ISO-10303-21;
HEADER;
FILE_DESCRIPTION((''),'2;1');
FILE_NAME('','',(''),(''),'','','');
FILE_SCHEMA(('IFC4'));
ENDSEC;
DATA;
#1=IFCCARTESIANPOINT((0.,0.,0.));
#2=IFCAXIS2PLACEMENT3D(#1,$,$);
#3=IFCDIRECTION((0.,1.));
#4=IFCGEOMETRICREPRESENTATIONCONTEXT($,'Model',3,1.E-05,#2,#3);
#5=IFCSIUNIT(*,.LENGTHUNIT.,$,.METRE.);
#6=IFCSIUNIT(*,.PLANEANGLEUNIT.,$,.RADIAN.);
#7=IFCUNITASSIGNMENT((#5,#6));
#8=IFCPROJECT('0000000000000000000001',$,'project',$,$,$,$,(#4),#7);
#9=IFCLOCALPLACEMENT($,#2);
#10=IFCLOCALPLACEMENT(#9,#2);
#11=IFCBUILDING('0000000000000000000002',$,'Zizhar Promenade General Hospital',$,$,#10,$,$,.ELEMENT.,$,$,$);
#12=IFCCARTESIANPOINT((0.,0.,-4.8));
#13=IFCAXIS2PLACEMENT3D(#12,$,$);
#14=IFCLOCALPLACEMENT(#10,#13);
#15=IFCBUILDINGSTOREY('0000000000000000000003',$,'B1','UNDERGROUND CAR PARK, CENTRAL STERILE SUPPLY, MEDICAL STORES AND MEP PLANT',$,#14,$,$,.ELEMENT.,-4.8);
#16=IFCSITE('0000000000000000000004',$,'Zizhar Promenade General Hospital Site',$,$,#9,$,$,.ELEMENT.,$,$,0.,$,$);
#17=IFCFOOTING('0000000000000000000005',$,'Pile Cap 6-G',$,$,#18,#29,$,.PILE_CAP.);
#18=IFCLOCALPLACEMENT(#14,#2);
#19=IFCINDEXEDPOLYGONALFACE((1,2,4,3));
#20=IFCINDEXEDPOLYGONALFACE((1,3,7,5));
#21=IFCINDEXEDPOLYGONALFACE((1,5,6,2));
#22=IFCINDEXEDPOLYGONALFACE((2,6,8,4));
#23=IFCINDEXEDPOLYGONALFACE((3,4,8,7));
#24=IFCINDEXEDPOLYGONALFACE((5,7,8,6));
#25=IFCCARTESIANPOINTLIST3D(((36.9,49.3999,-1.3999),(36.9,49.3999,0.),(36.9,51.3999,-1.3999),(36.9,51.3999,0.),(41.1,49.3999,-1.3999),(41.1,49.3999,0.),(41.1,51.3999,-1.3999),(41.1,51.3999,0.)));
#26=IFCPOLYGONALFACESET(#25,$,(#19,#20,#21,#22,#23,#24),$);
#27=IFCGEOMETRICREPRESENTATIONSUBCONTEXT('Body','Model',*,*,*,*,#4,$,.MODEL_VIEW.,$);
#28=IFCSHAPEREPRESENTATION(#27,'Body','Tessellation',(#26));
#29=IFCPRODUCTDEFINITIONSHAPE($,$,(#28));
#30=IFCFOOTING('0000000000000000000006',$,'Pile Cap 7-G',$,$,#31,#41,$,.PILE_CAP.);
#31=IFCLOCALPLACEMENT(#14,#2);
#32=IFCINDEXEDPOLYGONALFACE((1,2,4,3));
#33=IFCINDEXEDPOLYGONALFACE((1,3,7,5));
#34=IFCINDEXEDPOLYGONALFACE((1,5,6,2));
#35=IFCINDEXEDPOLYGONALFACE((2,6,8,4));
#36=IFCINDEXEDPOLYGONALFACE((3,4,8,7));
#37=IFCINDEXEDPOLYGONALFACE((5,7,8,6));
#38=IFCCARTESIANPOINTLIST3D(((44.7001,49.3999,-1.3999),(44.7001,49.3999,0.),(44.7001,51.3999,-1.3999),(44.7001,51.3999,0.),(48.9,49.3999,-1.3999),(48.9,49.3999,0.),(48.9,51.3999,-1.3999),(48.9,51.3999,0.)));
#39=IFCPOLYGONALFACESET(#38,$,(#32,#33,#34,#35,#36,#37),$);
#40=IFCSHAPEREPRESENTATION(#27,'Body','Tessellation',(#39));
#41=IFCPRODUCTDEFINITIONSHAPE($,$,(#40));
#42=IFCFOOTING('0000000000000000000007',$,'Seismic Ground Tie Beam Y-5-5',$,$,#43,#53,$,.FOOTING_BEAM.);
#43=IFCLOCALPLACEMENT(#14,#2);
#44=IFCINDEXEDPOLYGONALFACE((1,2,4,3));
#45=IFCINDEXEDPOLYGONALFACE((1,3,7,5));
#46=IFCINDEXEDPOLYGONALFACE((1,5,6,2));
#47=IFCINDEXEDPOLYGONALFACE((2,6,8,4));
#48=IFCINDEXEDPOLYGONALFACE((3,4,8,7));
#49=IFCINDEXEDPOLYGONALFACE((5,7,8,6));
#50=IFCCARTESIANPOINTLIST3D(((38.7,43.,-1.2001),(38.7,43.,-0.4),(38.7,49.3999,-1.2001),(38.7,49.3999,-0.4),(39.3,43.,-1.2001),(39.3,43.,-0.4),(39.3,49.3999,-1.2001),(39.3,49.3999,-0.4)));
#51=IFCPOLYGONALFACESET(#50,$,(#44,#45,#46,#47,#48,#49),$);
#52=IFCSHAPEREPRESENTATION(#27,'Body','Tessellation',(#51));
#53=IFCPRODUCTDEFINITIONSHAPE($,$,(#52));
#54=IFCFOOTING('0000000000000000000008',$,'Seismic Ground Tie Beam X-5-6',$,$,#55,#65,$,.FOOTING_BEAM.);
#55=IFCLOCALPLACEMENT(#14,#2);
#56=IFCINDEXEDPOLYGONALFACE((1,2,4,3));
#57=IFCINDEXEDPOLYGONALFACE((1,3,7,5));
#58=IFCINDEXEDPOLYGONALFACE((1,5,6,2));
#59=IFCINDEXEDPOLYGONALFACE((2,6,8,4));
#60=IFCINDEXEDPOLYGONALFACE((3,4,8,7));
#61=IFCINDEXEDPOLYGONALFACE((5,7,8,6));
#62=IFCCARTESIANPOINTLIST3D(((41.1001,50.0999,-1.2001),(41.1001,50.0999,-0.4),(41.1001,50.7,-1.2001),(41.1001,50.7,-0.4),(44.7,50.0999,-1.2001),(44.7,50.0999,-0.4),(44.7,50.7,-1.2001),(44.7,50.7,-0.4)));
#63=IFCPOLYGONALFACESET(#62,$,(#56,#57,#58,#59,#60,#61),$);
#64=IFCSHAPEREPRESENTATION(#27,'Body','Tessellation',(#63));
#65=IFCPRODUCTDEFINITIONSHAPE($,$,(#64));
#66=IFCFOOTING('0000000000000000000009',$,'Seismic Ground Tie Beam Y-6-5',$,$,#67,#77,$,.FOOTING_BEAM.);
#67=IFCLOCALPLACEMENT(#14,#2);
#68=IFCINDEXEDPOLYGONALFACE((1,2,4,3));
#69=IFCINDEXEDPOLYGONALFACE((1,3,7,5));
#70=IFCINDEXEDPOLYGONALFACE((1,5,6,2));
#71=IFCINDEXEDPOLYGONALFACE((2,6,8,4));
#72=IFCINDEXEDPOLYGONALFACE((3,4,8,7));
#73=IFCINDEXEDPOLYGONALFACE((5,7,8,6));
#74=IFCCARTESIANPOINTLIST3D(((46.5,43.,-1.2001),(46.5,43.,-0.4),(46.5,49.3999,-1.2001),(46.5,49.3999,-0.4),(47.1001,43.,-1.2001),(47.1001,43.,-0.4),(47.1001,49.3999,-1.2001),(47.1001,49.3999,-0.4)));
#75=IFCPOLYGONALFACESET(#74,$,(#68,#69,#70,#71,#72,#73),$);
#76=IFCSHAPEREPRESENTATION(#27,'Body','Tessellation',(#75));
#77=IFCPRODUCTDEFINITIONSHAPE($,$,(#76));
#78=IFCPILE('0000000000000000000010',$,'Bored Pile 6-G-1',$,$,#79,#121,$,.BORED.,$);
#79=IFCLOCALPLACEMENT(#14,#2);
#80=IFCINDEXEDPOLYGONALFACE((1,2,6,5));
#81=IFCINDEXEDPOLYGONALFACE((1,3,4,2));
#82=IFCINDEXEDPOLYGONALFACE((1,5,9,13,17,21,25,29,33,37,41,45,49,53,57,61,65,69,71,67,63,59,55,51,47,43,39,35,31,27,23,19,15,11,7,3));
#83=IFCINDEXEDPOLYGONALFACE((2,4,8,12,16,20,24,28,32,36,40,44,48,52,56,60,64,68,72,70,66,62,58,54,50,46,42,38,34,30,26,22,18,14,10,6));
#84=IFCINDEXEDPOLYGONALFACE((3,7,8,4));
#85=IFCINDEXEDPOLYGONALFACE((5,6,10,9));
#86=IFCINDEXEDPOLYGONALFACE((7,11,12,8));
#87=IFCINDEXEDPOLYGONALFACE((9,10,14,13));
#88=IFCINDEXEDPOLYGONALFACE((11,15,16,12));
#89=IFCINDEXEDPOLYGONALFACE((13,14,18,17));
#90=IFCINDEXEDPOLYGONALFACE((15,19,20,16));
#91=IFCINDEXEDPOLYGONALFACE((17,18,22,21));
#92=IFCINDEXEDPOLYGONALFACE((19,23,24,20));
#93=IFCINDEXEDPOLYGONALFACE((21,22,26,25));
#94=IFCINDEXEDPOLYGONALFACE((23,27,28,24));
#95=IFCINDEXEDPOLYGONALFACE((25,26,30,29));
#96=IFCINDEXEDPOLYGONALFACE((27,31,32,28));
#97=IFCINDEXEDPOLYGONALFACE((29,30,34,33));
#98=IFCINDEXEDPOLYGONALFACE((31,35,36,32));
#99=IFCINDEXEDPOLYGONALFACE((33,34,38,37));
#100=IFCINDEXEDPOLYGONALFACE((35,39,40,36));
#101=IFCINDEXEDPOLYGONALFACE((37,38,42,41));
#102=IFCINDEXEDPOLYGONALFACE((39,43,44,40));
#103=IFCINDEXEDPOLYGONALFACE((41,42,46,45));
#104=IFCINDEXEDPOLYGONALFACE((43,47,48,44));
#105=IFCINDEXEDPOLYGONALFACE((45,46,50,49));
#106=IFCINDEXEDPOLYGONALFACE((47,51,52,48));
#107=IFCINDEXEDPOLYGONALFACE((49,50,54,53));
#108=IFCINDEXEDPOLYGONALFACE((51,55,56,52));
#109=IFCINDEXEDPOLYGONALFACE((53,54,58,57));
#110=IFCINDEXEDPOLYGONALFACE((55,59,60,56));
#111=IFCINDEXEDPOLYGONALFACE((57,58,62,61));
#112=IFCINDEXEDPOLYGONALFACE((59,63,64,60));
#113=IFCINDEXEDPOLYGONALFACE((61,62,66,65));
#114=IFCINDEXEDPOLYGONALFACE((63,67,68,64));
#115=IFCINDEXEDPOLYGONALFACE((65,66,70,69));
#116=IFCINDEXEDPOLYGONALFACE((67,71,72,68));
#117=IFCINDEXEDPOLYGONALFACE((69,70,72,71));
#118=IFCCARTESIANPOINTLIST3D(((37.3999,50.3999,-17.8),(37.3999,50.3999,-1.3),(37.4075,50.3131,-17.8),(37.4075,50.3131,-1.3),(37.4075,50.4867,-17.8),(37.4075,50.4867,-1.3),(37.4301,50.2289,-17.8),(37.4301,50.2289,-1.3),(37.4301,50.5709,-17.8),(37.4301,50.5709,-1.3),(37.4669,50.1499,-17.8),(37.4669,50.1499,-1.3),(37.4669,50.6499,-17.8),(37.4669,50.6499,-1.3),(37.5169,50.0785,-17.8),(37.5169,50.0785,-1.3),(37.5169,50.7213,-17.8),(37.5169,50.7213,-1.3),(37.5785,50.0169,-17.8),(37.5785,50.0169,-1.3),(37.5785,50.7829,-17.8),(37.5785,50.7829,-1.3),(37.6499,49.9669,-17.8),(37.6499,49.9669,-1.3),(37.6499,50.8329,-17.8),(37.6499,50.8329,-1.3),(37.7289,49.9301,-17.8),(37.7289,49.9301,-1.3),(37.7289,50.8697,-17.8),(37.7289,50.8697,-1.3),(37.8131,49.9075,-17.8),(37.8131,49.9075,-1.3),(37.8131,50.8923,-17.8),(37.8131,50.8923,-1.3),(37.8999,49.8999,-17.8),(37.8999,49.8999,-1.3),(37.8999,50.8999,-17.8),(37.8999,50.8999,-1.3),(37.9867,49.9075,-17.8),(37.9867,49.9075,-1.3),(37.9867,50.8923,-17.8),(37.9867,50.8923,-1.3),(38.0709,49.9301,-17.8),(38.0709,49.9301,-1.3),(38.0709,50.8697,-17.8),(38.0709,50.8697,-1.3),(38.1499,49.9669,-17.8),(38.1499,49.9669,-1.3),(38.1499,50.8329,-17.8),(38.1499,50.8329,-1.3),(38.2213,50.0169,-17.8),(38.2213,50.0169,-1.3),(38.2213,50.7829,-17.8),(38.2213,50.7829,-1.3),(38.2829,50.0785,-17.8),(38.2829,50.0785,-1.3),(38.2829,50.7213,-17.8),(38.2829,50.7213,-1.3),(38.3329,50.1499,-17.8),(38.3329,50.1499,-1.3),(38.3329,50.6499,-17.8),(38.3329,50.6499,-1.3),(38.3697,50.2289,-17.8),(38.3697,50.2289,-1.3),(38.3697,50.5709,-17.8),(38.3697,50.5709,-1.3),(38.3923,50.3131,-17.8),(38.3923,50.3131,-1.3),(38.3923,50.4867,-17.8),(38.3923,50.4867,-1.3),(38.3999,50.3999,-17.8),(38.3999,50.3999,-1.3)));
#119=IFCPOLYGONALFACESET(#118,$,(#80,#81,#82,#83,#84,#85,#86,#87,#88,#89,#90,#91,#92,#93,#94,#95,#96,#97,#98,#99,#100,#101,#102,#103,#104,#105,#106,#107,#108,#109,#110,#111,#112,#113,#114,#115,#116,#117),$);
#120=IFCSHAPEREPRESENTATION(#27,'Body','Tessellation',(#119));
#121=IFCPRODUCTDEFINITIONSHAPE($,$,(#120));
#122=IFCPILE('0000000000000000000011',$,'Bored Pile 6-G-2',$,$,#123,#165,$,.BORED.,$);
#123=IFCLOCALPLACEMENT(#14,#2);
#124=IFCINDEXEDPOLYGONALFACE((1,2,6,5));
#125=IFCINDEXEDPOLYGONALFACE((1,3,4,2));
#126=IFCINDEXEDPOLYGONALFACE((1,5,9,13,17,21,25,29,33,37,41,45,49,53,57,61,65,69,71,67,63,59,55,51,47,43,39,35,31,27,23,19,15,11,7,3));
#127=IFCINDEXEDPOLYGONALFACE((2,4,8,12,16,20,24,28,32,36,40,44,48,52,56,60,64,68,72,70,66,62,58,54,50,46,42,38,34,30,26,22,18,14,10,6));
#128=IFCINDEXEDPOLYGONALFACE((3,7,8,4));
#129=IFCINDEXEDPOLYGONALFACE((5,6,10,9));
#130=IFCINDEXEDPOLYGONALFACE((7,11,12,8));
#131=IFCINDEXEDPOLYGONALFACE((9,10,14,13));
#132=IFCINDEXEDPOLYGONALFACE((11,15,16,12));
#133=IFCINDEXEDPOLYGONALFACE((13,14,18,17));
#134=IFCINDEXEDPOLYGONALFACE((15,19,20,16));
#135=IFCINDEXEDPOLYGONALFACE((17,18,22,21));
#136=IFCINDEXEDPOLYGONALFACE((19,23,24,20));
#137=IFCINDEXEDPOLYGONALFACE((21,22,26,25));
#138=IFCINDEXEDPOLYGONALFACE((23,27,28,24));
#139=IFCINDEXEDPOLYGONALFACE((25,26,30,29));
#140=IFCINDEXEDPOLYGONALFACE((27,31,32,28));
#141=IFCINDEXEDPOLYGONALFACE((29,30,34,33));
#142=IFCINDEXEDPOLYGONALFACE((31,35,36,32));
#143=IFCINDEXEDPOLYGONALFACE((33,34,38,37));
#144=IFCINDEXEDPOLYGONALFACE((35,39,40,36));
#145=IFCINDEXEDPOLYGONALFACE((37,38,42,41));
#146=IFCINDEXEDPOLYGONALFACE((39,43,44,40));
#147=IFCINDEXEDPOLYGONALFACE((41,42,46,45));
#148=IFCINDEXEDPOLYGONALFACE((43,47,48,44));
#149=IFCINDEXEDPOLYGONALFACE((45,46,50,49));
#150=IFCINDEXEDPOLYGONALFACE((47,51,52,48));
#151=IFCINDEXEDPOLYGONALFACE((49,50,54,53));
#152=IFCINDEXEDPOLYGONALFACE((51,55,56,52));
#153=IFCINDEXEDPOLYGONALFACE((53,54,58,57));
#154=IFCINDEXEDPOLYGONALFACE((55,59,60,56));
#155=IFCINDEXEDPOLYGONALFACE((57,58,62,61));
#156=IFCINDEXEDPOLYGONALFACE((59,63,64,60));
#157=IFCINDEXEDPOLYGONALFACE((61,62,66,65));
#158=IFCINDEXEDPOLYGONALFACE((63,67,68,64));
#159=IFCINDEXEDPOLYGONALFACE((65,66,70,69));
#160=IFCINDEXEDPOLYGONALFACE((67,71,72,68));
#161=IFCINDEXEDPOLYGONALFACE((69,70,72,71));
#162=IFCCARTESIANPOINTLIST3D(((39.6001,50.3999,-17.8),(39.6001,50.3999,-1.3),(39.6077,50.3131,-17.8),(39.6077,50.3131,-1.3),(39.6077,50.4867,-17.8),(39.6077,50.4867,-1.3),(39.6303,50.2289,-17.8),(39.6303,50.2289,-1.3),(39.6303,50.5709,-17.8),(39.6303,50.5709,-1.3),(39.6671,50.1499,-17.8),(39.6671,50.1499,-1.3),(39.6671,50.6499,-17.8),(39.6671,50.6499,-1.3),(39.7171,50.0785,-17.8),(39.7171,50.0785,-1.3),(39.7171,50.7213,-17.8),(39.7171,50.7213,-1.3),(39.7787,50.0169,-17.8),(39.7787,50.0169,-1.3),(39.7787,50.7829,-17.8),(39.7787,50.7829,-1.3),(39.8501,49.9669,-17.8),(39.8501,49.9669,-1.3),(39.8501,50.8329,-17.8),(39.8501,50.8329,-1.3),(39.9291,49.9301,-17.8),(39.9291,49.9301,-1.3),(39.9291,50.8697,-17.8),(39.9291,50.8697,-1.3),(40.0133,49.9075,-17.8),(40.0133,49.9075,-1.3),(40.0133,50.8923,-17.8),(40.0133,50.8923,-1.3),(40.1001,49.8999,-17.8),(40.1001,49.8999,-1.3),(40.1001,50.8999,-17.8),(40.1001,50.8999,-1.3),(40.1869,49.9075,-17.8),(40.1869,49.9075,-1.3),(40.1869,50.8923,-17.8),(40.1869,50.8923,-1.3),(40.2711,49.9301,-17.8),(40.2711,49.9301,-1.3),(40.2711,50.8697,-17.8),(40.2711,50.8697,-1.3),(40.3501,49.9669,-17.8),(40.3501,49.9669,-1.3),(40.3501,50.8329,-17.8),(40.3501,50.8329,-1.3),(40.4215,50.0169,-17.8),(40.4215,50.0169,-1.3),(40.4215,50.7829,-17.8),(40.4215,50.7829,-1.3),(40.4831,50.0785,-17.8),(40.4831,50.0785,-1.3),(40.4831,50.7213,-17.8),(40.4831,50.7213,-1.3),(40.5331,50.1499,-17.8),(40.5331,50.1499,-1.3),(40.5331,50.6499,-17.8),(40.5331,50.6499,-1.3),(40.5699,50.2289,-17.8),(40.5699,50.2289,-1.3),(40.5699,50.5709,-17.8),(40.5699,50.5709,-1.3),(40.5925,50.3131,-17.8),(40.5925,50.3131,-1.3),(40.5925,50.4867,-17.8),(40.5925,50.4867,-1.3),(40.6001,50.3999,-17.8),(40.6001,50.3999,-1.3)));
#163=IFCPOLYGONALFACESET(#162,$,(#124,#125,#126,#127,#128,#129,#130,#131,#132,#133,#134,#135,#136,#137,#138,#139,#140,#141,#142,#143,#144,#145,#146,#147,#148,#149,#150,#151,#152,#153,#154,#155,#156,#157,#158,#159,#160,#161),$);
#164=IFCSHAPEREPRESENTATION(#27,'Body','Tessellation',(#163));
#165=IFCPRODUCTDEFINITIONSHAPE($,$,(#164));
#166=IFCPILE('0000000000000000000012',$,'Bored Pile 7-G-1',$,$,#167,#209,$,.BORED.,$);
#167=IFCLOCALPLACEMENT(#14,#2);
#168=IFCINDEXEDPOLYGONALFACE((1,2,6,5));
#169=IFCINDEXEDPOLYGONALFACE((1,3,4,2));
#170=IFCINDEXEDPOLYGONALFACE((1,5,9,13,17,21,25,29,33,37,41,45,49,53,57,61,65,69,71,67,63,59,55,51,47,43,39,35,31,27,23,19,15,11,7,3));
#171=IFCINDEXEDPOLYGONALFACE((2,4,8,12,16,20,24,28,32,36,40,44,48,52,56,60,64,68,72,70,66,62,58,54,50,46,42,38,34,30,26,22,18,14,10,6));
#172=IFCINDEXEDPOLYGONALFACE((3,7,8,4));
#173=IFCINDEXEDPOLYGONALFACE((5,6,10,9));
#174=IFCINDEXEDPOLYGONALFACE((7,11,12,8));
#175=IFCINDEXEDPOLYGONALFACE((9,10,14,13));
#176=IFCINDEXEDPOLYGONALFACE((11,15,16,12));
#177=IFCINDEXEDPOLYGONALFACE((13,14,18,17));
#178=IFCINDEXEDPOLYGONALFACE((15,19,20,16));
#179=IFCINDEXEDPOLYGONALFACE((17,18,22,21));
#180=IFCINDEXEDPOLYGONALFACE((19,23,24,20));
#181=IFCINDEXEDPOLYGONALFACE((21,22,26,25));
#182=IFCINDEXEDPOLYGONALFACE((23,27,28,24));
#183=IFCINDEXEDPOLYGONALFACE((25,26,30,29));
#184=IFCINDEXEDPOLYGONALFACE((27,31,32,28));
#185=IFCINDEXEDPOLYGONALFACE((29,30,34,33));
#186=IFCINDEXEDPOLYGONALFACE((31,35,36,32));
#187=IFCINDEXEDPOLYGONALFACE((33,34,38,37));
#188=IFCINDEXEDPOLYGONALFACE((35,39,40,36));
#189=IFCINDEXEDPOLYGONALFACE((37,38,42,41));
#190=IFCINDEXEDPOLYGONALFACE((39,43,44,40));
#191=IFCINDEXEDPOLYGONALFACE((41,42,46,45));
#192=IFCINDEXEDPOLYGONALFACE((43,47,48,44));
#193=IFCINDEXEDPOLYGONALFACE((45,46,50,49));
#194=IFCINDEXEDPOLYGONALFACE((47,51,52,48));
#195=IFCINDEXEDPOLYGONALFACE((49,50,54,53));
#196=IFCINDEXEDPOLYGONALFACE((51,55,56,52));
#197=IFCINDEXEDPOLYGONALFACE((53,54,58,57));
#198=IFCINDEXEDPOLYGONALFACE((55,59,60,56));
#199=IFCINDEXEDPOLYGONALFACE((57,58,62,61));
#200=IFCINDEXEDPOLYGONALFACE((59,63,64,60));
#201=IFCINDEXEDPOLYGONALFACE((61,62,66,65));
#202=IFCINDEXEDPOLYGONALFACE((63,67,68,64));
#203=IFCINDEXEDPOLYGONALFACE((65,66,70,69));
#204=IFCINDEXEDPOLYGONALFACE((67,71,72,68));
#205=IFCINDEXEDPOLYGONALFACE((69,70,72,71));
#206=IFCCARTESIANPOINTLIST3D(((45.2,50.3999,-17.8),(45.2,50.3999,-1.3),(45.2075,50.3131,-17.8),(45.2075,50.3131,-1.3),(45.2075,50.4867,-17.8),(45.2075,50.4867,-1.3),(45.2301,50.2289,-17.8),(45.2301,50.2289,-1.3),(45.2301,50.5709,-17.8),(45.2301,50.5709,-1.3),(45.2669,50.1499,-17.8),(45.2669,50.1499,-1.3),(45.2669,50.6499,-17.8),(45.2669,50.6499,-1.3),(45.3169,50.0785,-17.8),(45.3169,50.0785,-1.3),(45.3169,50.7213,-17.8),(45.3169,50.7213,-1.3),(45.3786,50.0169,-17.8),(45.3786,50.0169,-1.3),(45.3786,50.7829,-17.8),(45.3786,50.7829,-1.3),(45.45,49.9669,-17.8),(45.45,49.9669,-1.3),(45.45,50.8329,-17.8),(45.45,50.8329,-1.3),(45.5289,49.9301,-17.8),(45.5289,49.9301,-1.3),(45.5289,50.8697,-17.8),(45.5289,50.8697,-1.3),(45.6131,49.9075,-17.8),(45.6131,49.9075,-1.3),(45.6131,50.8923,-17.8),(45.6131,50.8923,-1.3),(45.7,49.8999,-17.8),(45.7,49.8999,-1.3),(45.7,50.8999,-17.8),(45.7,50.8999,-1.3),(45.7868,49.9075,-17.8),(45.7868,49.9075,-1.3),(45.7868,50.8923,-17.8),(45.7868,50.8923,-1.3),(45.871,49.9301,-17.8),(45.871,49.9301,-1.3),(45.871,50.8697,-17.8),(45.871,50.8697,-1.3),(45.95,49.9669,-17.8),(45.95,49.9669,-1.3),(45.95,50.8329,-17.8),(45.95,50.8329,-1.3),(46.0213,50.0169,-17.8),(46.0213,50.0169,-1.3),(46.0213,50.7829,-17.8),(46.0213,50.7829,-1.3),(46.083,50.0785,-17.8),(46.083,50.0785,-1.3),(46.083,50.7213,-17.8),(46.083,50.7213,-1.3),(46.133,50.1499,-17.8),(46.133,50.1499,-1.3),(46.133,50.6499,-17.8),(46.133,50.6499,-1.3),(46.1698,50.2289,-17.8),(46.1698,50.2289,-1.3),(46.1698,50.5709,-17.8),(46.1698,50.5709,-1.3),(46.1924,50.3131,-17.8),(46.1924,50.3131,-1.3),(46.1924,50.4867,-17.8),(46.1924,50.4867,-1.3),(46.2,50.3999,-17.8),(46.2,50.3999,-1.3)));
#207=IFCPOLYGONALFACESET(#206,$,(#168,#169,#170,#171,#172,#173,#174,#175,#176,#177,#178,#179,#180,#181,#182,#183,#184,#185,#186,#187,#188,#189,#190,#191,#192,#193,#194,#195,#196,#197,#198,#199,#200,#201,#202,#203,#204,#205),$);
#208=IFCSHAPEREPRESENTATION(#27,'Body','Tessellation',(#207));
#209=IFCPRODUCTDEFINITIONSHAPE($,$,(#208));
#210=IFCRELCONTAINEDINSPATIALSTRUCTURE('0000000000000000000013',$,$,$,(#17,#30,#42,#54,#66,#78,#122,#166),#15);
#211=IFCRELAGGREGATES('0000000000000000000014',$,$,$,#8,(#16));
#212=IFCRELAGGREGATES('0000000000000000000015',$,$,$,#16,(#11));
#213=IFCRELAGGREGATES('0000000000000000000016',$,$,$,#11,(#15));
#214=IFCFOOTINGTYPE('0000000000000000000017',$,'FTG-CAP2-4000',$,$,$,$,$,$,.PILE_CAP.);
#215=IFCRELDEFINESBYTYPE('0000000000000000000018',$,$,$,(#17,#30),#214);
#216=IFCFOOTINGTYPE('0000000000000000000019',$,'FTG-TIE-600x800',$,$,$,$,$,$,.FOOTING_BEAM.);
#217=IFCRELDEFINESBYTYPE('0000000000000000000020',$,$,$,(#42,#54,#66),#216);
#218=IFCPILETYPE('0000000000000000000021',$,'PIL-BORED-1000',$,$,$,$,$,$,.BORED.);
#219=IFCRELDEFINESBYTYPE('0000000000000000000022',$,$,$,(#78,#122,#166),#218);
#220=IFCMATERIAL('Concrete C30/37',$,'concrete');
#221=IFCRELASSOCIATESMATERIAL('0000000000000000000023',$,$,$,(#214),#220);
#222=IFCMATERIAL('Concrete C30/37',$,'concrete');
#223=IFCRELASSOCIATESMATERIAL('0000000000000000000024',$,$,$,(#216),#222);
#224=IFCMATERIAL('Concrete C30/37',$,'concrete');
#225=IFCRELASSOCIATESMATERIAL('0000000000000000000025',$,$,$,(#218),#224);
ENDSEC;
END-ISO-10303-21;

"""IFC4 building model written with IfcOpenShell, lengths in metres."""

from ifc_helpers import new_model, si_unit, direction, frame, origin, origin_2d, place, context, subcontext, project, spatial, rectangle, circle, extrude, material, material_profile, profile_set, type_object, element, save


model = new_model("IFC4")

# Units and contexts
model_context = context("Model", 3, precision=1e-05, world=origin(), true_north=direction((0.0, 1.0)))
body_context = subcontext(model_context, "Body", "Model", "MODEL_VIEW")
ifc_project = project(units=[si_unit("LENGTHUNIT", "METRE"), si_unit("PLANEANGLEUNIT", "RADIAN")], contexts=[model_context])

# Site, building, storey
site_placement = place(None, origin())
site = spatial("IfcSite", under=ifc_project, at=site_placement, Name="Zizhar Promenade General Hospital Site", CompositionType="ELEMENT", RefElevation=0.0)
building_placement = place(site_placement, origin())
building = spatial("IfcBuilding", under=site, at=building_placement, Name="Zizhar Promenade General Hospital", CompositionType="ELEMENT")
storey_placement = place(building_placement, frame((0.0, 0.0, -4.8)))
storey = spatial("IfcBuildingStorey", under=building, at=storey_placement, Name="B1", Description="UNDERGROUND CAR PARK, CENTRAL STERILE SUPPLY, MEDICAL STORES AND MEP PLANT", CompositionType="ELEMENT", Elevation=-4.8)

# Footings
ifc_material_1 = material(Name="Concrete C30/37", Category="concrete")
footing_type_1 = type_object("IfcFootingType", Name="FTG-CAP2-4000", PredefinedType="PILE_CAP", material=ifc_material_1)
for number, where, z_axis, x_axis, name in (
    (1, (39.0, 50.3999, -1.3999), (0.0, 0.0, 1.0), (1.0, 0.0, 0.0), "Pile Cap 6-G"),
    (2, (46.8, 50.3999, -1.3999), (0.0, 0.0, 1.0), (1.0, 0.0, 0.0), "Pile Cap 7-G"),
):
    element("IfcFooting", number, at=place(storey_placement, frame(where, z_axis=z_axis, x_axis=x_axis)), inside=storey, type_object=footing_type_1, Name=name, PredefinedType="PILE_CAP", context=body_context, shape_type="SweptSolid", body=[
        extrude(rectangle(XDim=4.2, YDim=2.0, at=origin_2d()), origin(), (0.0, 0.0, 1.0), 1.3999),
    ])
ifc_material_2 = material(Name="Concrete C30/37", Category="concrete")
ifc_material_profile_1 = material_profile(ifc_material_2, rectangle(XDim=0.6001, YDim=0.8, at=origin_2d()))
ifc_profile_set_1 = profile_set([ifc_material_profile_1], Name="Concrete C30/37")
footing_type_2 = type_object("IfcFootingType", Name="FTG-TIE-600x800", PredefinedType="FOOTING_BEAM", material=ifc_profile_set_1)
footing_1_placement = place(storey_placement, frame((39.0, 43.0, -0.8), z_axis=(0.0, 1.0, 0.0), x_axis=(-1.0, 0.0, 0.0)))
element("IfcFooting", 3, at=footing_1_placement, inside=storey, type_object=footing_type_2, Name="Seismic Ground Tie Beam Y-5-5", PredefinedType="FOOTING_BEAM", context=body_context, shape_type="SweptSolid", body=[
    extrude(rectangle(XDim=0.6001, YDim=0.8, at=origin_2d()), origin(), (0.0, 0.0, 1.0), 6.3999),
])
footing_2_placement = place(storey_placement, frame((41.1001, 50.3999, -0.8), z_axis=(1.0, 0.0, 0.0), x_axis=(0.0, 1.0, 0.0)))
element("IfcFooting", 4, at=footing_2_placement, inside=storey, type_object=footing_type_2, Name="Seismic Ground Tie Beam X-5-6", PredefinedType="FOOTING_BEAM", context=body_context, shape_type="SweptSolid", body=[
    extrude(rectangle(XDim=0.6001, YDim=0.8, at=origin_2d()), origin(), (0.0, 0.0, 1.0), 3.5999),
])
footing_3_placement = place(storey_placement, frame((46.8, 43.0, -0.8), z_axis=(0.0, 1.0, 0.0), x_axis=(-1.0, 0.0, 0.0)))
element("IfcFooting", 5, at=footing_3_placement, inside=storey, type_object=footing_type_2, Name="Seismic Ground Tie Beam Y-6-5", PredefinedType="FOOTING_BEAM", context=body_context, shape_type="SweptSolid", body=[
    extrude(rectangle(XDim=0.6001, YDim=0.8, at=origin_2d()), origin(), (0.0, 0.0, 1.0), 6.3999),
])

# Piles
ifc_material_3 = material(Name="Concrete C30/37", Category="concrete")
ifc_material_profile_2 = material_profile(ifc_material_3, circle(Radius=0.5, at=origin_2d()))
ifc_profile_set_2 = profile_set([ifc_material_profile_2], Name="Concrete C30/37")
pile_type_1 = type_object("IfcPileType", Name="PIL-BORED-1000", PredefinedType="BORED", material=ifc_profile_set_2)
for number, where, z_axis, x_axis, name in (
    (6, (37.8999, 50.3999, -1.3), (0.0, 0.0, -1.0), (1.0, 0.0, 0.0), "Bored Pile 6-G-1"),
    (7, (40.1001, 50.3999, -1.3), (0.0, 0.0, -1.0), (1.0, 0.0, 0.0), "Bored Pile 6-G-2"),
    (8, (45.7, 50.3999, -1.3), (0.0, 0.0, -1.0), (1.0, 0.0, 0.0), "Bored Pile 7-G-1"),
):
    element("IfcPile", number, at=place(storey_placement, frame(where, z_axis=z_axis, x_axis=x_axis)), inside=storey, type_object=pile_type_1, Name=name, PredefinedType="BORED", context=body_context, shape_type="SweptSolid", body=[
        extrude(circle(Radius=0.5, at=origin_2d()), origin(), (0.0, 0.0, 1.0), 16.5),
    ])

save(model, "model.ifc")
